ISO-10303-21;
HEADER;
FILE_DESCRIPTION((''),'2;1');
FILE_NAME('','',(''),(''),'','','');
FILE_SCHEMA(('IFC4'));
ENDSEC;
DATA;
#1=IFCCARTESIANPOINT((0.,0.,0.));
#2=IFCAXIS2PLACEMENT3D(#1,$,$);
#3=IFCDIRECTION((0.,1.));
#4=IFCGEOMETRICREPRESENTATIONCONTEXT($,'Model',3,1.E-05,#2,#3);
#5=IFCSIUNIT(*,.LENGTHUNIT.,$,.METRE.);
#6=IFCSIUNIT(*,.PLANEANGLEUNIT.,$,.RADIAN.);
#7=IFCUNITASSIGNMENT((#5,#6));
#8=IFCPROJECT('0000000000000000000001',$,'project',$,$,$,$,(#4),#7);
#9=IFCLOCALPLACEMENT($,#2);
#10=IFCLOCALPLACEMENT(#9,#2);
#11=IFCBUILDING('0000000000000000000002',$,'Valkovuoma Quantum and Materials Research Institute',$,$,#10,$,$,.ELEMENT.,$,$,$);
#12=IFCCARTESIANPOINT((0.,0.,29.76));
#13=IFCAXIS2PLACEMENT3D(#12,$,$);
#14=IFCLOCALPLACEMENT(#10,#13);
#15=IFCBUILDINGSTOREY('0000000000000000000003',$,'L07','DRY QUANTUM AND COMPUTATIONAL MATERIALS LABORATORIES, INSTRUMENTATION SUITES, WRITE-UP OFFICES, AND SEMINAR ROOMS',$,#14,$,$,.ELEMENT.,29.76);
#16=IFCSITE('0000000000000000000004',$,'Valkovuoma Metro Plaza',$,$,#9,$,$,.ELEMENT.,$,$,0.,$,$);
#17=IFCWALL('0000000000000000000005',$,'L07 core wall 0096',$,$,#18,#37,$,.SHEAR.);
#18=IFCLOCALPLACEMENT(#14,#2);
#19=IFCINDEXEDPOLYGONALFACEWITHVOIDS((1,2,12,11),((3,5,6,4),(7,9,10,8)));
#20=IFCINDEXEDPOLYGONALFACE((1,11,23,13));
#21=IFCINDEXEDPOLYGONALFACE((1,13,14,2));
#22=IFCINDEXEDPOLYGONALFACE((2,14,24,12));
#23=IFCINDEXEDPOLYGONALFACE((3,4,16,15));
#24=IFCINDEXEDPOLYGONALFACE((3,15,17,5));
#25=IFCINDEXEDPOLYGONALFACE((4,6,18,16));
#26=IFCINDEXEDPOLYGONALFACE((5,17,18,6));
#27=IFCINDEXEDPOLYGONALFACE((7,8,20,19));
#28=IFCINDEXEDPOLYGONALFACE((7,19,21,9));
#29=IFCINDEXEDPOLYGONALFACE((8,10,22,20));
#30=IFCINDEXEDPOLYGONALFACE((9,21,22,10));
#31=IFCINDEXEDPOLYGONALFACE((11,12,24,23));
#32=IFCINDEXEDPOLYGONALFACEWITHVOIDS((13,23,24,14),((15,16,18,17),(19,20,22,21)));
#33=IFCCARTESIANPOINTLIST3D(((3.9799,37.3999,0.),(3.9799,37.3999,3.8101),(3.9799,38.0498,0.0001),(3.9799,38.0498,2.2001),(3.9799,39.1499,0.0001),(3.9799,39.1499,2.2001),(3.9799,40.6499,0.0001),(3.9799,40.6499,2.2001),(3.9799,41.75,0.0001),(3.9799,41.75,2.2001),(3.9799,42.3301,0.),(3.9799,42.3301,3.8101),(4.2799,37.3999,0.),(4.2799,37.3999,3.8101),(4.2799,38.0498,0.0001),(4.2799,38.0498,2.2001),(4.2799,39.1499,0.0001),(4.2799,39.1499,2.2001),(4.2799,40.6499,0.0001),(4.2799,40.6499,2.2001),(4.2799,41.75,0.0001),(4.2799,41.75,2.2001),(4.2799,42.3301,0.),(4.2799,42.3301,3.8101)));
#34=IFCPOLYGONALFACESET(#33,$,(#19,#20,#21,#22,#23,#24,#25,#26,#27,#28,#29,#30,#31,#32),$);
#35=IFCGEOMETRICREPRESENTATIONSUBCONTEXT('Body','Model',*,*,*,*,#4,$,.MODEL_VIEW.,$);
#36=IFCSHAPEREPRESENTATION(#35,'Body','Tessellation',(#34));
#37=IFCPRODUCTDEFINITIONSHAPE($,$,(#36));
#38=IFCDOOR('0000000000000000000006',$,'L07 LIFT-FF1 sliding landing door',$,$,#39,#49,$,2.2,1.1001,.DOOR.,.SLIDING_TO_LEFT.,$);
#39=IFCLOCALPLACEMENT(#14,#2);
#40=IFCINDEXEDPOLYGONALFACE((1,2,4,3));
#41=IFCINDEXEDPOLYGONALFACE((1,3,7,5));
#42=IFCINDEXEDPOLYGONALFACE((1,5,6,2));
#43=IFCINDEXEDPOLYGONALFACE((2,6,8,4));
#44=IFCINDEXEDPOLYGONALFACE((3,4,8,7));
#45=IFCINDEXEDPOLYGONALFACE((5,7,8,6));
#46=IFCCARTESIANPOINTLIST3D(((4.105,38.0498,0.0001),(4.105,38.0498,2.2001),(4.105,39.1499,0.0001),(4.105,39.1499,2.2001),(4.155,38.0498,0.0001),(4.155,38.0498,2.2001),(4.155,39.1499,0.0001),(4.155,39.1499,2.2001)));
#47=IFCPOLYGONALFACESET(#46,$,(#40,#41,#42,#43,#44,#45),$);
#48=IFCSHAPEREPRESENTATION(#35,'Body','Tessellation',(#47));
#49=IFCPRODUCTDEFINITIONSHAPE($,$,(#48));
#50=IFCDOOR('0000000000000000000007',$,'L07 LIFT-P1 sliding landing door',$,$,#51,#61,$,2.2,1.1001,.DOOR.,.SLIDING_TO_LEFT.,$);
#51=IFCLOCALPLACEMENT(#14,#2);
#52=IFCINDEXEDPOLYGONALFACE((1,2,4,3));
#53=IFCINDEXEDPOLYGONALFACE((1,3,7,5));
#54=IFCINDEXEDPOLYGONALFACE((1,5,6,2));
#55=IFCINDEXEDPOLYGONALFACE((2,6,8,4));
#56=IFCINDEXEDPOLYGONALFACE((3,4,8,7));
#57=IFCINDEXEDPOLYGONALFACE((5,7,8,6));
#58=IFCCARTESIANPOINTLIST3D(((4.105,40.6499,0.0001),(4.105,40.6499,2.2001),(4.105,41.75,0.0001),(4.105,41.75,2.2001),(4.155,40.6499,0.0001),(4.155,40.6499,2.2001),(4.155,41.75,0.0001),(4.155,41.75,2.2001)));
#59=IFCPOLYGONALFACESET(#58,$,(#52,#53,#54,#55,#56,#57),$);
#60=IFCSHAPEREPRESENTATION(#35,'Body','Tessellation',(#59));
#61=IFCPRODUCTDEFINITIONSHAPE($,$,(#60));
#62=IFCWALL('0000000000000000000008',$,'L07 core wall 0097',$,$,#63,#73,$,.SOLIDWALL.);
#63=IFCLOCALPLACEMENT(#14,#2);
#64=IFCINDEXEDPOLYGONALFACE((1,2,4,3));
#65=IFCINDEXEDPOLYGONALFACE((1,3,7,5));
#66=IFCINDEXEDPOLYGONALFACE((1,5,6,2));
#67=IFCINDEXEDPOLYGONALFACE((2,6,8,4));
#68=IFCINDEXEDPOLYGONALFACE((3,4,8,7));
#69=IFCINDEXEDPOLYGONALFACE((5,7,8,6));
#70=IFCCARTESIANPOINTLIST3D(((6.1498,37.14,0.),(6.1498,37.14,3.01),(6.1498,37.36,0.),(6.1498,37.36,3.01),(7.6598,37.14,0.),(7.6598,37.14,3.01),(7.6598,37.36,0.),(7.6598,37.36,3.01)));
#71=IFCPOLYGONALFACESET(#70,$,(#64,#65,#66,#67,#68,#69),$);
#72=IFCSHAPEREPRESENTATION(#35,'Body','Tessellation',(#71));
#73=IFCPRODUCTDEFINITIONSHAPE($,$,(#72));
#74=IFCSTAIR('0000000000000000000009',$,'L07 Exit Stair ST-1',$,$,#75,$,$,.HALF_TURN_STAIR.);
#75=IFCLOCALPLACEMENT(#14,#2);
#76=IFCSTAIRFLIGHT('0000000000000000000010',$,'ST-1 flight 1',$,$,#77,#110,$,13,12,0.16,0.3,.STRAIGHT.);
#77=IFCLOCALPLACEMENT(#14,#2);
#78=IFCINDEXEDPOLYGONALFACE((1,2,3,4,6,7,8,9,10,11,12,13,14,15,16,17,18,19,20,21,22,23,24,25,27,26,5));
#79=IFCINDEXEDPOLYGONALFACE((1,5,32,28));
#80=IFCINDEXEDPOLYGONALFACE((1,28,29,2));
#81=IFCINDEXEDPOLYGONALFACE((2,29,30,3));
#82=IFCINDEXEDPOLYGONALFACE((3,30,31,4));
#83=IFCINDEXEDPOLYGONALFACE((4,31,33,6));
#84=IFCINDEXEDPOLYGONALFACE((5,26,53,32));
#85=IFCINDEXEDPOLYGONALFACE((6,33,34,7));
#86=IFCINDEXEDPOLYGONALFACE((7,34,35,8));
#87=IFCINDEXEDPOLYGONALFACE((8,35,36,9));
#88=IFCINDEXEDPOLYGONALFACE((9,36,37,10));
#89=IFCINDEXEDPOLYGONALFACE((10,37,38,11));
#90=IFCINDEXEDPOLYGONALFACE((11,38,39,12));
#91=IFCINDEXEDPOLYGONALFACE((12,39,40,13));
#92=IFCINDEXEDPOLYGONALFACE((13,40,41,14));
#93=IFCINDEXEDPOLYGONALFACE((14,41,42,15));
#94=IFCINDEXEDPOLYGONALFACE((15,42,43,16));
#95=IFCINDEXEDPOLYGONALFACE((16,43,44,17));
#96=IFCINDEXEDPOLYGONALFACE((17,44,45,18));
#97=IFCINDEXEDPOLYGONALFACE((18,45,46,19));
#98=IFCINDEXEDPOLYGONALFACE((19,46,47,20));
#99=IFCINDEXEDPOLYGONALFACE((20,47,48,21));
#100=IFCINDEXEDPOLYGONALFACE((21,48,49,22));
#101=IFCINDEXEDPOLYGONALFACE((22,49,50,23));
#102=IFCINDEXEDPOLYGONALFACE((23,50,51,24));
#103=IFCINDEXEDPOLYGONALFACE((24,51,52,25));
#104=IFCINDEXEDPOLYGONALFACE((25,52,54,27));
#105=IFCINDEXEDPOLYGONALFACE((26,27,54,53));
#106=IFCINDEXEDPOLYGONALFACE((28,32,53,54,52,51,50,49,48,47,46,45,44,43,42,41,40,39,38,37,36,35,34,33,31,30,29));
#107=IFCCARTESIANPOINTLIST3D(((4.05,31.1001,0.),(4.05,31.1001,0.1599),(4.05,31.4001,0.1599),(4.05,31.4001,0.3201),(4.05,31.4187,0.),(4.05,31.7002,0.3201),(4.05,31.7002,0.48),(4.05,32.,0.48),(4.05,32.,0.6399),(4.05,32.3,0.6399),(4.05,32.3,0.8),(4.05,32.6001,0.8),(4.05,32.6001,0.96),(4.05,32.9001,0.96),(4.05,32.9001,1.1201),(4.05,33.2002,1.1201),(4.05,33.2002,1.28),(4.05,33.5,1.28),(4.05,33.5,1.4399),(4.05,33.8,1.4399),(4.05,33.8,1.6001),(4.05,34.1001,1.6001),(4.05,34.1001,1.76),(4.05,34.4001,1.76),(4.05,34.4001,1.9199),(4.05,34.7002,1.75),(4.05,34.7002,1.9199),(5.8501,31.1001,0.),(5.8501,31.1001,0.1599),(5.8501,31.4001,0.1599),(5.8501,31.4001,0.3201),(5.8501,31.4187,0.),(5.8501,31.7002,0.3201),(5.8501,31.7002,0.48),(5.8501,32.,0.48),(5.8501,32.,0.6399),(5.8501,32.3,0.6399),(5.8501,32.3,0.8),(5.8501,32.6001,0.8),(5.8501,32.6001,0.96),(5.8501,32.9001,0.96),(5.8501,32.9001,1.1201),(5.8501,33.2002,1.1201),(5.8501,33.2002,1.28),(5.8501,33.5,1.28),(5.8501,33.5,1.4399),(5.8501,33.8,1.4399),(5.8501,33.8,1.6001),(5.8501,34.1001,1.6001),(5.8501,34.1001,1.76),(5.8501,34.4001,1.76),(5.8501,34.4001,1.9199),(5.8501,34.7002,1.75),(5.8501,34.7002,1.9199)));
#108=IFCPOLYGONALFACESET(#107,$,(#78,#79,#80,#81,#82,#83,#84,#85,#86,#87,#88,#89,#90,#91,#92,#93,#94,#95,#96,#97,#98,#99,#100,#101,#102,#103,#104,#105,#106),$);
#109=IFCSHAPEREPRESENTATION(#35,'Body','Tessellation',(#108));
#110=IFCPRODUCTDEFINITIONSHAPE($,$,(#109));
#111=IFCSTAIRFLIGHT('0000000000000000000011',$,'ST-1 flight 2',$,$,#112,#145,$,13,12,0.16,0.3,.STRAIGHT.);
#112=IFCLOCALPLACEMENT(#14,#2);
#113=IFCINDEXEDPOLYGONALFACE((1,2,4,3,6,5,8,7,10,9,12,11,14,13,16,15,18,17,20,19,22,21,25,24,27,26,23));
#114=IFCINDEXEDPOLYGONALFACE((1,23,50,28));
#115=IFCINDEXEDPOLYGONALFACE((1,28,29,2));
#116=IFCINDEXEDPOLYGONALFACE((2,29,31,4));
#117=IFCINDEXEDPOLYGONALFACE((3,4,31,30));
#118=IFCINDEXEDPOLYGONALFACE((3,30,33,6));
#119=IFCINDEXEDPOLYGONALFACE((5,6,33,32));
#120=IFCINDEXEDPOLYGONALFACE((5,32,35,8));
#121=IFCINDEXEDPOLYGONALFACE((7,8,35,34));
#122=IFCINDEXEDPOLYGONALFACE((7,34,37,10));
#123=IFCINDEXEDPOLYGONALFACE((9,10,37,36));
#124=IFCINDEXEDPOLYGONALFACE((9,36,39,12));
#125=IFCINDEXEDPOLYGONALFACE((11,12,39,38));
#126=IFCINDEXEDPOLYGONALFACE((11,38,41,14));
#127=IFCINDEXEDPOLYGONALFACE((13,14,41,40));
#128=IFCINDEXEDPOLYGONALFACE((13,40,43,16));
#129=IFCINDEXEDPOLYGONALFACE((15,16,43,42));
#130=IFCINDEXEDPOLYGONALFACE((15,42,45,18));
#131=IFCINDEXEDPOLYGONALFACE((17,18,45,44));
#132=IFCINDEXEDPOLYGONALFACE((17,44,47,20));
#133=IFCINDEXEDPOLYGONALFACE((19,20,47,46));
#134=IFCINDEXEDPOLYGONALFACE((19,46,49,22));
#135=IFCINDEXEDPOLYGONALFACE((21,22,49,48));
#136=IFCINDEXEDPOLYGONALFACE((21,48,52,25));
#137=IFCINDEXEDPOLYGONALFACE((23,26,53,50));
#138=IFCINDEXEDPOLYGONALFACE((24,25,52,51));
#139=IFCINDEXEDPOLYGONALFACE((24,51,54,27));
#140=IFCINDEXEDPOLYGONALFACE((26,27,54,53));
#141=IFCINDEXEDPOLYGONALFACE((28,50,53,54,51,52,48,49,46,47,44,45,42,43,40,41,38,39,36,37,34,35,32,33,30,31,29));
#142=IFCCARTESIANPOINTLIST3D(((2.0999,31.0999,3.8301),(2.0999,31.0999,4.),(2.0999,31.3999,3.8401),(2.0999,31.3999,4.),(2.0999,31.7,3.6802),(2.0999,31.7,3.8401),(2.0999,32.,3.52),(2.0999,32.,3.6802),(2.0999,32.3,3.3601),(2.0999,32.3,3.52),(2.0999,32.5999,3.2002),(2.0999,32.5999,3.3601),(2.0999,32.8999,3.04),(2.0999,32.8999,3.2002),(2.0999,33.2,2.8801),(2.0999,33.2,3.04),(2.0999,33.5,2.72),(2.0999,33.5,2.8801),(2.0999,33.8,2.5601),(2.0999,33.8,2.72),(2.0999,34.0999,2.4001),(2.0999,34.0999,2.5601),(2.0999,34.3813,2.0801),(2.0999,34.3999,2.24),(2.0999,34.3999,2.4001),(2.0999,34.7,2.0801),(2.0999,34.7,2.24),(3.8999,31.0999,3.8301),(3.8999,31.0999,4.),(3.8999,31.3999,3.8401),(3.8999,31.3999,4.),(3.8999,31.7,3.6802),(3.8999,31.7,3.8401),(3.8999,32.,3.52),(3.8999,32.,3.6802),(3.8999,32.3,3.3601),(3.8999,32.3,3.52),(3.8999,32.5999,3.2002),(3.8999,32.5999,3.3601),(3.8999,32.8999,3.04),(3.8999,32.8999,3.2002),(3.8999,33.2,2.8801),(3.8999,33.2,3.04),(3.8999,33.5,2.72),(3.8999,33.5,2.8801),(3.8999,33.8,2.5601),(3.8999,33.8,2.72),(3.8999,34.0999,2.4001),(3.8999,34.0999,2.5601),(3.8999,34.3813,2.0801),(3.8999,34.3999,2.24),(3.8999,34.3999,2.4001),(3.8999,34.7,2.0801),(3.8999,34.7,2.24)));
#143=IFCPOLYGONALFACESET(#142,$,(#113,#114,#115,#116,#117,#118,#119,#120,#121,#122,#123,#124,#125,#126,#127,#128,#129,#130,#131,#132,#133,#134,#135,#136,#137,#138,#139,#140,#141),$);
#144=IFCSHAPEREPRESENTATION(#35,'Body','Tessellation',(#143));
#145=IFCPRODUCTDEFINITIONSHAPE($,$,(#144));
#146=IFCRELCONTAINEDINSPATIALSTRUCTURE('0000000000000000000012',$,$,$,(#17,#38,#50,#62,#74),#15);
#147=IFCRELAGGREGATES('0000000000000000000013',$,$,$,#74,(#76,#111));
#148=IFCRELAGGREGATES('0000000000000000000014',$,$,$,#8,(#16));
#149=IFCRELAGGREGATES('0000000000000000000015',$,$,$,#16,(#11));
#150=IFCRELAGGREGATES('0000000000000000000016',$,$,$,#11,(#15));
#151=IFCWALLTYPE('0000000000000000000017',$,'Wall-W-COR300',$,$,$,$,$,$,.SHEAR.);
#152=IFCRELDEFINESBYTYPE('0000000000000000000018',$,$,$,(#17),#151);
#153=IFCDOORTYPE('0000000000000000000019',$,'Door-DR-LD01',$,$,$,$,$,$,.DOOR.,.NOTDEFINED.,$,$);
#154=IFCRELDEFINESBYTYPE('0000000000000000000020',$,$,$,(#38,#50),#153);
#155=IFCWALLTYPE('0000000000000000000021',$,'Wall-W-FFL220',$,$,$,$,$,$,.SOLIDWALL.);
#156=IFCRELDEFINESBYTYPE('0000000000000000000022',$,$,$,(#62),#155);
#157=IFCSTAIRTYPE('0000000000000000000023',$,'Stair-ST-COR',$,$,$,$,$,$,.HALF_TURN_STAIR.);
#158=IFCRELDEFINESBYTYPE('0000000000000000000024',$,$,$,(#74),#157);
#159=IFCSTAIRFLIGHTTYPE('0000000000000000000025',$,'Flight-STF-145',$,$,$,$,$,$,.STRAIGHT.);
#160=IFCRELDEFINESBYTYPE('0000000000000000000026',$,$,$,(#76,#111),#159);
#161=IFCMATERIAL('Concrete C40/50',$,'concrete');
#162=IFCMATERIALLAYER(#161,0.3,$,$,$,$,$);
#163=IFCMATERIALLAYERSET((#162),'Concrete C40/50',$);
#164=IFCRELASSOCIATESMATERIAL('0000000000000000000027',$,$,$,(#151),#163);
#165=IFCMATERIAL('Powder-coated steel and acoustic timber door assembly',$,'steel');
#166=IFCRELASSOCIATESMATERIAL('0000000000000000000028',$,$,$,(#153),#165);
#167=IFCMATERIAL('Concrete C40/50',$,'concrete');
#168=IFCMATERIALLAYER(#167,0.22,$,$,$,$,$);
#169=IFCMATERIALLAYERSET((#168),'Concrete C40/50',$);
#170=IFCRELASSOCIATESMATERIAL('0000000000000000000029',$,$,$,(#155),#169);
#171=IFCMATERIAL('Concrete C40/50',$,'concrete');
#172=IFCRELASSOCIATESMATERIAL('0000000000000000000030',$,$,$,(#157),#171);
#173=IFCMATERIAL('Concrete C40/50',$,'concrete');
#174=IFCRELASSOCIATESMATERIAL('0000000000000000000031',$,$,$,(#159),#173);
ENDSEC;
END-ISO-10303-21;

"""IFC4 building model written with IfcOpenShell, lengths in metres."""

from ifc_helpers import new_model, si_unit, direction, frame, frame_2d, origin, place, context, subcontext, project, spatial, polyline, rectangle, outline, extrude, material, layer, layer_set, type_object, element, fill, aggregate, save


model = new_model("IFC4")

# Units and contexts
model_context = context("Model", 3, precision=1e-05, world=origin(), true_north=direction((0.0, 1.0)))
body_context = subcontext(model_context, "Body", "Model", "MODEL_VIEW")
ifc_project = project(units=[si_unit("LENGTHUNIT", "METRE"), si_unit("PLANEANGLEUNIT", "RADIAN")], contexts=[model_context])

# Site, building, storey
site_placement = place(None, origin())
site = spatial("IfcSite", under=ifc_project, at=site_placement, Name="Valkovuoma Metro Plaza", CompositionType="ELEMENT", RefElevation=0.0)
building_placement = place(site_placement, origin())
building = spatial("IfcBuilding", under=site, at=building_placement, Name="Valkovuoma Quantum and Materials Research Institute", CompositionType="ELEMENT")
storey_placement = place(building_placement, frame((0.0, 0.0, 29.76)))
storey = spatial("IfcBuildingStorey", under=building, at=storey_placement, Name="L07", Description="DRY QUANTUM AND COMPUTATIONAL MATERIALS LABORATORIES, INSTRUMENTATION SUITES, WRITE-UP OFFICES, AND SEMINAR ROOMS", CompositionType="ELEMENT", Elevation=29.76)

# Shared definitions
ifc_material_1 = material(Name="Concrete C40/50", Category="concrete")
ifc_layer_1 = layer(ifc_material_1, 0.3)
ifc_layer_set_1 = layer_set([ifc_layer_1], Name="Concrete C40/50")
wall_type_1 = type_object("IfcWallType", Name="Wall-W-COR300", PredefinedType="SHEAR", material=ifc_layer_set_1)

# Wall, openings, doors
wall_1_placement = place(storey_placement, frame((4.1299, 37.3999, 0.0), z_axis=(0.0, 0.0, 1.0), x_axis=(0.0, 1.0, 0.0)))
wall_1 = element("IfcWall", 1, at=wall_1_placement, inside=storey, type_object=wall_type_1, Name="L07 core wall 0096", PredefinedType="SHEAR", context=body_context, shape_type="SweptSolid", body=[
    extrude(rectangle(XDim=4.9302, YDim=0.3, at=frame_2d((2.4651, 0.0))), origin(), (0.0, 0.0, 1.0), 3.8101),
])
opening_1_placement = place(wall_1_placement, frame((0.6499, 0.0, 0.0)))
opening_1 = element("IfcOpeningElement", 2, at=opening_1_placement, cuts=wall_1, PredefinedType="OPENING", context=body_context, shape_type="SweptSolid", body=[
    extrude(rectangle(XDim=1.1001, YDim=2.2, at=frame_2d((0.55, 1.1001))), frame((0.0, 0.1602, 0.0), z_axis=(0.0, -1.0, 0.0), x_axis=(1.0, 0.0, 0.0)), (0.0, 0.0, 1.0), 0.3201),
])
opening_2_placement = place(wall_1_placement, frame((3.25, 0.0, 0.0)))
opening_2 = element("IfcOpeningElement", 3, at=opening_2_placement, cuts=wall_1, PredefinedType="OPENING", context=body_context, shape_type="SweptSolid", body=[
    extrude(rectangle(XDim=1.1001, YDim=2.2, at=frame_2d((0.55, 1.1001))), frame((0.0, 0.1602, 0.0), z_axis=(0.0, -1.0, 0.0), x_axis=(1.0, 0.0, 0.0)), (0.0, 0.0, 1.0), 0.3201),
])
ifc_material_2 = material(Name="Powder-coated steel and acoustic timber door assembly", Category="steel")
door_type = type_object("IfcDoorType", Name="Door-DR-LD01", OperationType="NOTDEFINED", PredefinedType="DOOR", material=ifc_material_2)
door_1_placement = place(opening_1_placement, origin())
door_1 = element("IfcDoor", 4, at=door_1_placement, inside=storey, type_object=door_type, Name="L07 LIFT-FF1 sliding landing door", OperationType="SLIDING_TO_LEFT", OverallHeight=2.2, OverallWidth=1.1001, PredefinedType="DOOR", context=body_context, shape_type="SweptSolid", body=[
    extrude(rectangle(XDim=1.1001, YDim=2.2, at=frame_2d((0.55, 1.1001))), frame((0.0, 0.0249, 0.0), z_axis=(0.0, -1.0, 0.0), x_axis=(1.0, 0.0, 0.0)), (0.0, 0.0, 1.0), 0.05),
])
fill(opening_1, door_1)
door_2_placement = place(opening_2_placement, origin())
door_2 = element("IfcDoor", 5, at=door_2_placement, inside=storey, type_object=door_type, Name="L07 LIFT-P1 sliding landing door", OperationType="SLIDING_TO_LEFT", OverallHeight=2.2, OverallWidth=1.1001, PredefinedType="DOOR", context=body_context, shape_type="SweptSolid", body=[
    extrude(rectangle(XDim=1.1001, YDim=2.2, at=frame_2d((0.55, 1.1001))), frame((0.0, 0.0249, 0.0), z_axis=(0.0, -1.0, 0.0), x_axis=(1.0, 0.0, 0.0)), (0.0, 0.0, 1.0), 0.05),
])
fill(opening_2, door_2)

# Wall
ifc_material_3 = material(Name="Concrete C40/50", Category="concrete")
ifc_layer_2 = layer(ifc_material_3, 0.22)
ifc_layer_set_2 = layer_set([ifc_layer_2], Name="Concrete C40/50")
wall_type_2 = type_object("IfcWallType", Name="Wall-W-FFL220", PredefinedType="SOLIDWALL", material=ifc_layer_set_2)
wall_2_placement = place(storey_placement, frame((6.1499, 37.25, 0.0), z_axis=(0.0, 0.0, 1.0), x_axis=(1.0, 0.0, 0.0)))
element("IfcWall", 6, at=wall_2_placement, inside=storey, type_object=wall_type_2, Name="L07 core wall 0097", PredefinedType="SOLIDWALL", context=body_context, shape_type="SweptSolid", body=[
    extrude(rectangle(XDim=1.51, YDim=0.22, at=frame_2d((0.7549, 0.0))), origin(), (0.0, 0.0, 1.0), 3.01),
])

# Stair, stair flights
ifc_material_4 = material(Name="Concrete C40/50", Category="concrete")
stair_type = type_object("IfcStairType", Name="Stair-ST-COR", PredefinedType="HALF_TURN_STAIR", material=ifc_material_4)
stair_placement = place(storey_placement, origin())
stair = element("IfcStair", 7, at=stair_placement, inside=storey, type_object=stair_type, Name="L07 Exit Stair ST-1", PredefinedType="HALF_TURN_STAIR")
ifc_material_5 = material(Name="Concrete C40/50", Category="concrete")
stair_flight_type = type_object("IfcStairFlightType", Name="Flight-STF-145", PredefinedType="STRAIGHT", material=ifc_material_5)
stair_flight_1_placement = place(storey_placement, frame((4.95, 31.1001, 0.0), z_axis=(0.0, 0.0, 1.0), x_axis=(0.0, 1.0, 0.0)))
stair_flight_1 = element("IfcStairFlight", 8, at=stair_flight_1_placement, type_object=stair_flight_type, Name="ST-1 flight 1", NumberOfRisers=13, NumberOfTreads=12, PredefinedType="STRAIGHT", RiserHeight=0.16, TreadLength=0.3, context=body_context, shape_type="SweptSolid", body=[
    extrude(outline(polyline([(0.0, 0.0), (0.0, 0.1599), (0.3, 0.1599), (0.3, 0.3201), (0.6001, 0.3201), (0.6001, 0.48), (0.8999, 0.48), (0.8999, 0.6399), (1.2, 0.6399), (1.2, 0.8), (1.5, 0.8), (1.5, 0.96), (1.8, 0.96), (1.8, 1.1201), (2.1001, 1.1201), (2.1001, 1.28), (2.3999, 1.28), (2.3999, 1.4399), (2.7, 1.4399), (2.7, 1.6001), (3.0, 1.6001), (3.0, 1.76), (3.3, 1.76), (3.3, 1.9199), (3.6001, 1.9199), (3.6001, 2.0801), (3.6001, 1.75), (0.3186, 0.0), (0.0, 0.0)])), frame((0.0, 0.8999, 0.0), z_axis=(0.0, -1.0, 0.0), x_axis=(1.0, 0.0, 0.0)), (0.0, 0.0, 1.0), 1.8),
])
stair_flight_2_placement = place(storey_placement, frame((3.0, 34.7, 2.0801), z_axis=(0.0, 0.0, 1.0), x_axis=(0.0, -1.0, 0.0)))
stair_flight_2 = element("IfcStairFlight", 9, at=stair_flight_2_placement, type_object=stair_flight_type, Name="ST-1 flight 2", NumberOfRisers=13, NumberOfTreads=12, PredefinedType="STRAIGHT", RiserHeight=0.16, TreadLength=0.3, context=body_context, shape_type="SweptSolid", body=[
    extrude(outline(polyline([(0.0, 0.0), (0.0, 0.1599), (0.3, 0.1599), (0.3, 0.3201), (0.6001, 0.3201), (0.6001, 0.48), (0.8999, 0.48), (0.8999, 0.6399), (1.2, 0.6399), (1.2, 0.8), (1.5, 0.8), (1.5, 0.96), (1.8, 0.96), (1.8, 1.1201), (2.1001, 1.1201), (2.1001, 1.28), (2.3999, 1.28), (2.3999, 1.4399), (2.7, 1.4399), (2.7, 1.6001), (3.0, 1.6001), (3.0, 1.76), (3.3, 1.76), (3.3, 1.9199), (3.6001, 1.9199), (3.6001, 2.0801), (3.6001, 1.75), (0.3186, 0.0), (0.0, 0.0)])), frame((0.0, 0.8999, 0.0), z_axis=(0.0, -1.0, 0.0), x_axis=(1.0, 0.0, 0.0)), (0.0, 0.0, 1.0), 1.8),
])
aggregate(stair, [stair_flight_1, stair_flight_2])

save(model, "model.ifc")
